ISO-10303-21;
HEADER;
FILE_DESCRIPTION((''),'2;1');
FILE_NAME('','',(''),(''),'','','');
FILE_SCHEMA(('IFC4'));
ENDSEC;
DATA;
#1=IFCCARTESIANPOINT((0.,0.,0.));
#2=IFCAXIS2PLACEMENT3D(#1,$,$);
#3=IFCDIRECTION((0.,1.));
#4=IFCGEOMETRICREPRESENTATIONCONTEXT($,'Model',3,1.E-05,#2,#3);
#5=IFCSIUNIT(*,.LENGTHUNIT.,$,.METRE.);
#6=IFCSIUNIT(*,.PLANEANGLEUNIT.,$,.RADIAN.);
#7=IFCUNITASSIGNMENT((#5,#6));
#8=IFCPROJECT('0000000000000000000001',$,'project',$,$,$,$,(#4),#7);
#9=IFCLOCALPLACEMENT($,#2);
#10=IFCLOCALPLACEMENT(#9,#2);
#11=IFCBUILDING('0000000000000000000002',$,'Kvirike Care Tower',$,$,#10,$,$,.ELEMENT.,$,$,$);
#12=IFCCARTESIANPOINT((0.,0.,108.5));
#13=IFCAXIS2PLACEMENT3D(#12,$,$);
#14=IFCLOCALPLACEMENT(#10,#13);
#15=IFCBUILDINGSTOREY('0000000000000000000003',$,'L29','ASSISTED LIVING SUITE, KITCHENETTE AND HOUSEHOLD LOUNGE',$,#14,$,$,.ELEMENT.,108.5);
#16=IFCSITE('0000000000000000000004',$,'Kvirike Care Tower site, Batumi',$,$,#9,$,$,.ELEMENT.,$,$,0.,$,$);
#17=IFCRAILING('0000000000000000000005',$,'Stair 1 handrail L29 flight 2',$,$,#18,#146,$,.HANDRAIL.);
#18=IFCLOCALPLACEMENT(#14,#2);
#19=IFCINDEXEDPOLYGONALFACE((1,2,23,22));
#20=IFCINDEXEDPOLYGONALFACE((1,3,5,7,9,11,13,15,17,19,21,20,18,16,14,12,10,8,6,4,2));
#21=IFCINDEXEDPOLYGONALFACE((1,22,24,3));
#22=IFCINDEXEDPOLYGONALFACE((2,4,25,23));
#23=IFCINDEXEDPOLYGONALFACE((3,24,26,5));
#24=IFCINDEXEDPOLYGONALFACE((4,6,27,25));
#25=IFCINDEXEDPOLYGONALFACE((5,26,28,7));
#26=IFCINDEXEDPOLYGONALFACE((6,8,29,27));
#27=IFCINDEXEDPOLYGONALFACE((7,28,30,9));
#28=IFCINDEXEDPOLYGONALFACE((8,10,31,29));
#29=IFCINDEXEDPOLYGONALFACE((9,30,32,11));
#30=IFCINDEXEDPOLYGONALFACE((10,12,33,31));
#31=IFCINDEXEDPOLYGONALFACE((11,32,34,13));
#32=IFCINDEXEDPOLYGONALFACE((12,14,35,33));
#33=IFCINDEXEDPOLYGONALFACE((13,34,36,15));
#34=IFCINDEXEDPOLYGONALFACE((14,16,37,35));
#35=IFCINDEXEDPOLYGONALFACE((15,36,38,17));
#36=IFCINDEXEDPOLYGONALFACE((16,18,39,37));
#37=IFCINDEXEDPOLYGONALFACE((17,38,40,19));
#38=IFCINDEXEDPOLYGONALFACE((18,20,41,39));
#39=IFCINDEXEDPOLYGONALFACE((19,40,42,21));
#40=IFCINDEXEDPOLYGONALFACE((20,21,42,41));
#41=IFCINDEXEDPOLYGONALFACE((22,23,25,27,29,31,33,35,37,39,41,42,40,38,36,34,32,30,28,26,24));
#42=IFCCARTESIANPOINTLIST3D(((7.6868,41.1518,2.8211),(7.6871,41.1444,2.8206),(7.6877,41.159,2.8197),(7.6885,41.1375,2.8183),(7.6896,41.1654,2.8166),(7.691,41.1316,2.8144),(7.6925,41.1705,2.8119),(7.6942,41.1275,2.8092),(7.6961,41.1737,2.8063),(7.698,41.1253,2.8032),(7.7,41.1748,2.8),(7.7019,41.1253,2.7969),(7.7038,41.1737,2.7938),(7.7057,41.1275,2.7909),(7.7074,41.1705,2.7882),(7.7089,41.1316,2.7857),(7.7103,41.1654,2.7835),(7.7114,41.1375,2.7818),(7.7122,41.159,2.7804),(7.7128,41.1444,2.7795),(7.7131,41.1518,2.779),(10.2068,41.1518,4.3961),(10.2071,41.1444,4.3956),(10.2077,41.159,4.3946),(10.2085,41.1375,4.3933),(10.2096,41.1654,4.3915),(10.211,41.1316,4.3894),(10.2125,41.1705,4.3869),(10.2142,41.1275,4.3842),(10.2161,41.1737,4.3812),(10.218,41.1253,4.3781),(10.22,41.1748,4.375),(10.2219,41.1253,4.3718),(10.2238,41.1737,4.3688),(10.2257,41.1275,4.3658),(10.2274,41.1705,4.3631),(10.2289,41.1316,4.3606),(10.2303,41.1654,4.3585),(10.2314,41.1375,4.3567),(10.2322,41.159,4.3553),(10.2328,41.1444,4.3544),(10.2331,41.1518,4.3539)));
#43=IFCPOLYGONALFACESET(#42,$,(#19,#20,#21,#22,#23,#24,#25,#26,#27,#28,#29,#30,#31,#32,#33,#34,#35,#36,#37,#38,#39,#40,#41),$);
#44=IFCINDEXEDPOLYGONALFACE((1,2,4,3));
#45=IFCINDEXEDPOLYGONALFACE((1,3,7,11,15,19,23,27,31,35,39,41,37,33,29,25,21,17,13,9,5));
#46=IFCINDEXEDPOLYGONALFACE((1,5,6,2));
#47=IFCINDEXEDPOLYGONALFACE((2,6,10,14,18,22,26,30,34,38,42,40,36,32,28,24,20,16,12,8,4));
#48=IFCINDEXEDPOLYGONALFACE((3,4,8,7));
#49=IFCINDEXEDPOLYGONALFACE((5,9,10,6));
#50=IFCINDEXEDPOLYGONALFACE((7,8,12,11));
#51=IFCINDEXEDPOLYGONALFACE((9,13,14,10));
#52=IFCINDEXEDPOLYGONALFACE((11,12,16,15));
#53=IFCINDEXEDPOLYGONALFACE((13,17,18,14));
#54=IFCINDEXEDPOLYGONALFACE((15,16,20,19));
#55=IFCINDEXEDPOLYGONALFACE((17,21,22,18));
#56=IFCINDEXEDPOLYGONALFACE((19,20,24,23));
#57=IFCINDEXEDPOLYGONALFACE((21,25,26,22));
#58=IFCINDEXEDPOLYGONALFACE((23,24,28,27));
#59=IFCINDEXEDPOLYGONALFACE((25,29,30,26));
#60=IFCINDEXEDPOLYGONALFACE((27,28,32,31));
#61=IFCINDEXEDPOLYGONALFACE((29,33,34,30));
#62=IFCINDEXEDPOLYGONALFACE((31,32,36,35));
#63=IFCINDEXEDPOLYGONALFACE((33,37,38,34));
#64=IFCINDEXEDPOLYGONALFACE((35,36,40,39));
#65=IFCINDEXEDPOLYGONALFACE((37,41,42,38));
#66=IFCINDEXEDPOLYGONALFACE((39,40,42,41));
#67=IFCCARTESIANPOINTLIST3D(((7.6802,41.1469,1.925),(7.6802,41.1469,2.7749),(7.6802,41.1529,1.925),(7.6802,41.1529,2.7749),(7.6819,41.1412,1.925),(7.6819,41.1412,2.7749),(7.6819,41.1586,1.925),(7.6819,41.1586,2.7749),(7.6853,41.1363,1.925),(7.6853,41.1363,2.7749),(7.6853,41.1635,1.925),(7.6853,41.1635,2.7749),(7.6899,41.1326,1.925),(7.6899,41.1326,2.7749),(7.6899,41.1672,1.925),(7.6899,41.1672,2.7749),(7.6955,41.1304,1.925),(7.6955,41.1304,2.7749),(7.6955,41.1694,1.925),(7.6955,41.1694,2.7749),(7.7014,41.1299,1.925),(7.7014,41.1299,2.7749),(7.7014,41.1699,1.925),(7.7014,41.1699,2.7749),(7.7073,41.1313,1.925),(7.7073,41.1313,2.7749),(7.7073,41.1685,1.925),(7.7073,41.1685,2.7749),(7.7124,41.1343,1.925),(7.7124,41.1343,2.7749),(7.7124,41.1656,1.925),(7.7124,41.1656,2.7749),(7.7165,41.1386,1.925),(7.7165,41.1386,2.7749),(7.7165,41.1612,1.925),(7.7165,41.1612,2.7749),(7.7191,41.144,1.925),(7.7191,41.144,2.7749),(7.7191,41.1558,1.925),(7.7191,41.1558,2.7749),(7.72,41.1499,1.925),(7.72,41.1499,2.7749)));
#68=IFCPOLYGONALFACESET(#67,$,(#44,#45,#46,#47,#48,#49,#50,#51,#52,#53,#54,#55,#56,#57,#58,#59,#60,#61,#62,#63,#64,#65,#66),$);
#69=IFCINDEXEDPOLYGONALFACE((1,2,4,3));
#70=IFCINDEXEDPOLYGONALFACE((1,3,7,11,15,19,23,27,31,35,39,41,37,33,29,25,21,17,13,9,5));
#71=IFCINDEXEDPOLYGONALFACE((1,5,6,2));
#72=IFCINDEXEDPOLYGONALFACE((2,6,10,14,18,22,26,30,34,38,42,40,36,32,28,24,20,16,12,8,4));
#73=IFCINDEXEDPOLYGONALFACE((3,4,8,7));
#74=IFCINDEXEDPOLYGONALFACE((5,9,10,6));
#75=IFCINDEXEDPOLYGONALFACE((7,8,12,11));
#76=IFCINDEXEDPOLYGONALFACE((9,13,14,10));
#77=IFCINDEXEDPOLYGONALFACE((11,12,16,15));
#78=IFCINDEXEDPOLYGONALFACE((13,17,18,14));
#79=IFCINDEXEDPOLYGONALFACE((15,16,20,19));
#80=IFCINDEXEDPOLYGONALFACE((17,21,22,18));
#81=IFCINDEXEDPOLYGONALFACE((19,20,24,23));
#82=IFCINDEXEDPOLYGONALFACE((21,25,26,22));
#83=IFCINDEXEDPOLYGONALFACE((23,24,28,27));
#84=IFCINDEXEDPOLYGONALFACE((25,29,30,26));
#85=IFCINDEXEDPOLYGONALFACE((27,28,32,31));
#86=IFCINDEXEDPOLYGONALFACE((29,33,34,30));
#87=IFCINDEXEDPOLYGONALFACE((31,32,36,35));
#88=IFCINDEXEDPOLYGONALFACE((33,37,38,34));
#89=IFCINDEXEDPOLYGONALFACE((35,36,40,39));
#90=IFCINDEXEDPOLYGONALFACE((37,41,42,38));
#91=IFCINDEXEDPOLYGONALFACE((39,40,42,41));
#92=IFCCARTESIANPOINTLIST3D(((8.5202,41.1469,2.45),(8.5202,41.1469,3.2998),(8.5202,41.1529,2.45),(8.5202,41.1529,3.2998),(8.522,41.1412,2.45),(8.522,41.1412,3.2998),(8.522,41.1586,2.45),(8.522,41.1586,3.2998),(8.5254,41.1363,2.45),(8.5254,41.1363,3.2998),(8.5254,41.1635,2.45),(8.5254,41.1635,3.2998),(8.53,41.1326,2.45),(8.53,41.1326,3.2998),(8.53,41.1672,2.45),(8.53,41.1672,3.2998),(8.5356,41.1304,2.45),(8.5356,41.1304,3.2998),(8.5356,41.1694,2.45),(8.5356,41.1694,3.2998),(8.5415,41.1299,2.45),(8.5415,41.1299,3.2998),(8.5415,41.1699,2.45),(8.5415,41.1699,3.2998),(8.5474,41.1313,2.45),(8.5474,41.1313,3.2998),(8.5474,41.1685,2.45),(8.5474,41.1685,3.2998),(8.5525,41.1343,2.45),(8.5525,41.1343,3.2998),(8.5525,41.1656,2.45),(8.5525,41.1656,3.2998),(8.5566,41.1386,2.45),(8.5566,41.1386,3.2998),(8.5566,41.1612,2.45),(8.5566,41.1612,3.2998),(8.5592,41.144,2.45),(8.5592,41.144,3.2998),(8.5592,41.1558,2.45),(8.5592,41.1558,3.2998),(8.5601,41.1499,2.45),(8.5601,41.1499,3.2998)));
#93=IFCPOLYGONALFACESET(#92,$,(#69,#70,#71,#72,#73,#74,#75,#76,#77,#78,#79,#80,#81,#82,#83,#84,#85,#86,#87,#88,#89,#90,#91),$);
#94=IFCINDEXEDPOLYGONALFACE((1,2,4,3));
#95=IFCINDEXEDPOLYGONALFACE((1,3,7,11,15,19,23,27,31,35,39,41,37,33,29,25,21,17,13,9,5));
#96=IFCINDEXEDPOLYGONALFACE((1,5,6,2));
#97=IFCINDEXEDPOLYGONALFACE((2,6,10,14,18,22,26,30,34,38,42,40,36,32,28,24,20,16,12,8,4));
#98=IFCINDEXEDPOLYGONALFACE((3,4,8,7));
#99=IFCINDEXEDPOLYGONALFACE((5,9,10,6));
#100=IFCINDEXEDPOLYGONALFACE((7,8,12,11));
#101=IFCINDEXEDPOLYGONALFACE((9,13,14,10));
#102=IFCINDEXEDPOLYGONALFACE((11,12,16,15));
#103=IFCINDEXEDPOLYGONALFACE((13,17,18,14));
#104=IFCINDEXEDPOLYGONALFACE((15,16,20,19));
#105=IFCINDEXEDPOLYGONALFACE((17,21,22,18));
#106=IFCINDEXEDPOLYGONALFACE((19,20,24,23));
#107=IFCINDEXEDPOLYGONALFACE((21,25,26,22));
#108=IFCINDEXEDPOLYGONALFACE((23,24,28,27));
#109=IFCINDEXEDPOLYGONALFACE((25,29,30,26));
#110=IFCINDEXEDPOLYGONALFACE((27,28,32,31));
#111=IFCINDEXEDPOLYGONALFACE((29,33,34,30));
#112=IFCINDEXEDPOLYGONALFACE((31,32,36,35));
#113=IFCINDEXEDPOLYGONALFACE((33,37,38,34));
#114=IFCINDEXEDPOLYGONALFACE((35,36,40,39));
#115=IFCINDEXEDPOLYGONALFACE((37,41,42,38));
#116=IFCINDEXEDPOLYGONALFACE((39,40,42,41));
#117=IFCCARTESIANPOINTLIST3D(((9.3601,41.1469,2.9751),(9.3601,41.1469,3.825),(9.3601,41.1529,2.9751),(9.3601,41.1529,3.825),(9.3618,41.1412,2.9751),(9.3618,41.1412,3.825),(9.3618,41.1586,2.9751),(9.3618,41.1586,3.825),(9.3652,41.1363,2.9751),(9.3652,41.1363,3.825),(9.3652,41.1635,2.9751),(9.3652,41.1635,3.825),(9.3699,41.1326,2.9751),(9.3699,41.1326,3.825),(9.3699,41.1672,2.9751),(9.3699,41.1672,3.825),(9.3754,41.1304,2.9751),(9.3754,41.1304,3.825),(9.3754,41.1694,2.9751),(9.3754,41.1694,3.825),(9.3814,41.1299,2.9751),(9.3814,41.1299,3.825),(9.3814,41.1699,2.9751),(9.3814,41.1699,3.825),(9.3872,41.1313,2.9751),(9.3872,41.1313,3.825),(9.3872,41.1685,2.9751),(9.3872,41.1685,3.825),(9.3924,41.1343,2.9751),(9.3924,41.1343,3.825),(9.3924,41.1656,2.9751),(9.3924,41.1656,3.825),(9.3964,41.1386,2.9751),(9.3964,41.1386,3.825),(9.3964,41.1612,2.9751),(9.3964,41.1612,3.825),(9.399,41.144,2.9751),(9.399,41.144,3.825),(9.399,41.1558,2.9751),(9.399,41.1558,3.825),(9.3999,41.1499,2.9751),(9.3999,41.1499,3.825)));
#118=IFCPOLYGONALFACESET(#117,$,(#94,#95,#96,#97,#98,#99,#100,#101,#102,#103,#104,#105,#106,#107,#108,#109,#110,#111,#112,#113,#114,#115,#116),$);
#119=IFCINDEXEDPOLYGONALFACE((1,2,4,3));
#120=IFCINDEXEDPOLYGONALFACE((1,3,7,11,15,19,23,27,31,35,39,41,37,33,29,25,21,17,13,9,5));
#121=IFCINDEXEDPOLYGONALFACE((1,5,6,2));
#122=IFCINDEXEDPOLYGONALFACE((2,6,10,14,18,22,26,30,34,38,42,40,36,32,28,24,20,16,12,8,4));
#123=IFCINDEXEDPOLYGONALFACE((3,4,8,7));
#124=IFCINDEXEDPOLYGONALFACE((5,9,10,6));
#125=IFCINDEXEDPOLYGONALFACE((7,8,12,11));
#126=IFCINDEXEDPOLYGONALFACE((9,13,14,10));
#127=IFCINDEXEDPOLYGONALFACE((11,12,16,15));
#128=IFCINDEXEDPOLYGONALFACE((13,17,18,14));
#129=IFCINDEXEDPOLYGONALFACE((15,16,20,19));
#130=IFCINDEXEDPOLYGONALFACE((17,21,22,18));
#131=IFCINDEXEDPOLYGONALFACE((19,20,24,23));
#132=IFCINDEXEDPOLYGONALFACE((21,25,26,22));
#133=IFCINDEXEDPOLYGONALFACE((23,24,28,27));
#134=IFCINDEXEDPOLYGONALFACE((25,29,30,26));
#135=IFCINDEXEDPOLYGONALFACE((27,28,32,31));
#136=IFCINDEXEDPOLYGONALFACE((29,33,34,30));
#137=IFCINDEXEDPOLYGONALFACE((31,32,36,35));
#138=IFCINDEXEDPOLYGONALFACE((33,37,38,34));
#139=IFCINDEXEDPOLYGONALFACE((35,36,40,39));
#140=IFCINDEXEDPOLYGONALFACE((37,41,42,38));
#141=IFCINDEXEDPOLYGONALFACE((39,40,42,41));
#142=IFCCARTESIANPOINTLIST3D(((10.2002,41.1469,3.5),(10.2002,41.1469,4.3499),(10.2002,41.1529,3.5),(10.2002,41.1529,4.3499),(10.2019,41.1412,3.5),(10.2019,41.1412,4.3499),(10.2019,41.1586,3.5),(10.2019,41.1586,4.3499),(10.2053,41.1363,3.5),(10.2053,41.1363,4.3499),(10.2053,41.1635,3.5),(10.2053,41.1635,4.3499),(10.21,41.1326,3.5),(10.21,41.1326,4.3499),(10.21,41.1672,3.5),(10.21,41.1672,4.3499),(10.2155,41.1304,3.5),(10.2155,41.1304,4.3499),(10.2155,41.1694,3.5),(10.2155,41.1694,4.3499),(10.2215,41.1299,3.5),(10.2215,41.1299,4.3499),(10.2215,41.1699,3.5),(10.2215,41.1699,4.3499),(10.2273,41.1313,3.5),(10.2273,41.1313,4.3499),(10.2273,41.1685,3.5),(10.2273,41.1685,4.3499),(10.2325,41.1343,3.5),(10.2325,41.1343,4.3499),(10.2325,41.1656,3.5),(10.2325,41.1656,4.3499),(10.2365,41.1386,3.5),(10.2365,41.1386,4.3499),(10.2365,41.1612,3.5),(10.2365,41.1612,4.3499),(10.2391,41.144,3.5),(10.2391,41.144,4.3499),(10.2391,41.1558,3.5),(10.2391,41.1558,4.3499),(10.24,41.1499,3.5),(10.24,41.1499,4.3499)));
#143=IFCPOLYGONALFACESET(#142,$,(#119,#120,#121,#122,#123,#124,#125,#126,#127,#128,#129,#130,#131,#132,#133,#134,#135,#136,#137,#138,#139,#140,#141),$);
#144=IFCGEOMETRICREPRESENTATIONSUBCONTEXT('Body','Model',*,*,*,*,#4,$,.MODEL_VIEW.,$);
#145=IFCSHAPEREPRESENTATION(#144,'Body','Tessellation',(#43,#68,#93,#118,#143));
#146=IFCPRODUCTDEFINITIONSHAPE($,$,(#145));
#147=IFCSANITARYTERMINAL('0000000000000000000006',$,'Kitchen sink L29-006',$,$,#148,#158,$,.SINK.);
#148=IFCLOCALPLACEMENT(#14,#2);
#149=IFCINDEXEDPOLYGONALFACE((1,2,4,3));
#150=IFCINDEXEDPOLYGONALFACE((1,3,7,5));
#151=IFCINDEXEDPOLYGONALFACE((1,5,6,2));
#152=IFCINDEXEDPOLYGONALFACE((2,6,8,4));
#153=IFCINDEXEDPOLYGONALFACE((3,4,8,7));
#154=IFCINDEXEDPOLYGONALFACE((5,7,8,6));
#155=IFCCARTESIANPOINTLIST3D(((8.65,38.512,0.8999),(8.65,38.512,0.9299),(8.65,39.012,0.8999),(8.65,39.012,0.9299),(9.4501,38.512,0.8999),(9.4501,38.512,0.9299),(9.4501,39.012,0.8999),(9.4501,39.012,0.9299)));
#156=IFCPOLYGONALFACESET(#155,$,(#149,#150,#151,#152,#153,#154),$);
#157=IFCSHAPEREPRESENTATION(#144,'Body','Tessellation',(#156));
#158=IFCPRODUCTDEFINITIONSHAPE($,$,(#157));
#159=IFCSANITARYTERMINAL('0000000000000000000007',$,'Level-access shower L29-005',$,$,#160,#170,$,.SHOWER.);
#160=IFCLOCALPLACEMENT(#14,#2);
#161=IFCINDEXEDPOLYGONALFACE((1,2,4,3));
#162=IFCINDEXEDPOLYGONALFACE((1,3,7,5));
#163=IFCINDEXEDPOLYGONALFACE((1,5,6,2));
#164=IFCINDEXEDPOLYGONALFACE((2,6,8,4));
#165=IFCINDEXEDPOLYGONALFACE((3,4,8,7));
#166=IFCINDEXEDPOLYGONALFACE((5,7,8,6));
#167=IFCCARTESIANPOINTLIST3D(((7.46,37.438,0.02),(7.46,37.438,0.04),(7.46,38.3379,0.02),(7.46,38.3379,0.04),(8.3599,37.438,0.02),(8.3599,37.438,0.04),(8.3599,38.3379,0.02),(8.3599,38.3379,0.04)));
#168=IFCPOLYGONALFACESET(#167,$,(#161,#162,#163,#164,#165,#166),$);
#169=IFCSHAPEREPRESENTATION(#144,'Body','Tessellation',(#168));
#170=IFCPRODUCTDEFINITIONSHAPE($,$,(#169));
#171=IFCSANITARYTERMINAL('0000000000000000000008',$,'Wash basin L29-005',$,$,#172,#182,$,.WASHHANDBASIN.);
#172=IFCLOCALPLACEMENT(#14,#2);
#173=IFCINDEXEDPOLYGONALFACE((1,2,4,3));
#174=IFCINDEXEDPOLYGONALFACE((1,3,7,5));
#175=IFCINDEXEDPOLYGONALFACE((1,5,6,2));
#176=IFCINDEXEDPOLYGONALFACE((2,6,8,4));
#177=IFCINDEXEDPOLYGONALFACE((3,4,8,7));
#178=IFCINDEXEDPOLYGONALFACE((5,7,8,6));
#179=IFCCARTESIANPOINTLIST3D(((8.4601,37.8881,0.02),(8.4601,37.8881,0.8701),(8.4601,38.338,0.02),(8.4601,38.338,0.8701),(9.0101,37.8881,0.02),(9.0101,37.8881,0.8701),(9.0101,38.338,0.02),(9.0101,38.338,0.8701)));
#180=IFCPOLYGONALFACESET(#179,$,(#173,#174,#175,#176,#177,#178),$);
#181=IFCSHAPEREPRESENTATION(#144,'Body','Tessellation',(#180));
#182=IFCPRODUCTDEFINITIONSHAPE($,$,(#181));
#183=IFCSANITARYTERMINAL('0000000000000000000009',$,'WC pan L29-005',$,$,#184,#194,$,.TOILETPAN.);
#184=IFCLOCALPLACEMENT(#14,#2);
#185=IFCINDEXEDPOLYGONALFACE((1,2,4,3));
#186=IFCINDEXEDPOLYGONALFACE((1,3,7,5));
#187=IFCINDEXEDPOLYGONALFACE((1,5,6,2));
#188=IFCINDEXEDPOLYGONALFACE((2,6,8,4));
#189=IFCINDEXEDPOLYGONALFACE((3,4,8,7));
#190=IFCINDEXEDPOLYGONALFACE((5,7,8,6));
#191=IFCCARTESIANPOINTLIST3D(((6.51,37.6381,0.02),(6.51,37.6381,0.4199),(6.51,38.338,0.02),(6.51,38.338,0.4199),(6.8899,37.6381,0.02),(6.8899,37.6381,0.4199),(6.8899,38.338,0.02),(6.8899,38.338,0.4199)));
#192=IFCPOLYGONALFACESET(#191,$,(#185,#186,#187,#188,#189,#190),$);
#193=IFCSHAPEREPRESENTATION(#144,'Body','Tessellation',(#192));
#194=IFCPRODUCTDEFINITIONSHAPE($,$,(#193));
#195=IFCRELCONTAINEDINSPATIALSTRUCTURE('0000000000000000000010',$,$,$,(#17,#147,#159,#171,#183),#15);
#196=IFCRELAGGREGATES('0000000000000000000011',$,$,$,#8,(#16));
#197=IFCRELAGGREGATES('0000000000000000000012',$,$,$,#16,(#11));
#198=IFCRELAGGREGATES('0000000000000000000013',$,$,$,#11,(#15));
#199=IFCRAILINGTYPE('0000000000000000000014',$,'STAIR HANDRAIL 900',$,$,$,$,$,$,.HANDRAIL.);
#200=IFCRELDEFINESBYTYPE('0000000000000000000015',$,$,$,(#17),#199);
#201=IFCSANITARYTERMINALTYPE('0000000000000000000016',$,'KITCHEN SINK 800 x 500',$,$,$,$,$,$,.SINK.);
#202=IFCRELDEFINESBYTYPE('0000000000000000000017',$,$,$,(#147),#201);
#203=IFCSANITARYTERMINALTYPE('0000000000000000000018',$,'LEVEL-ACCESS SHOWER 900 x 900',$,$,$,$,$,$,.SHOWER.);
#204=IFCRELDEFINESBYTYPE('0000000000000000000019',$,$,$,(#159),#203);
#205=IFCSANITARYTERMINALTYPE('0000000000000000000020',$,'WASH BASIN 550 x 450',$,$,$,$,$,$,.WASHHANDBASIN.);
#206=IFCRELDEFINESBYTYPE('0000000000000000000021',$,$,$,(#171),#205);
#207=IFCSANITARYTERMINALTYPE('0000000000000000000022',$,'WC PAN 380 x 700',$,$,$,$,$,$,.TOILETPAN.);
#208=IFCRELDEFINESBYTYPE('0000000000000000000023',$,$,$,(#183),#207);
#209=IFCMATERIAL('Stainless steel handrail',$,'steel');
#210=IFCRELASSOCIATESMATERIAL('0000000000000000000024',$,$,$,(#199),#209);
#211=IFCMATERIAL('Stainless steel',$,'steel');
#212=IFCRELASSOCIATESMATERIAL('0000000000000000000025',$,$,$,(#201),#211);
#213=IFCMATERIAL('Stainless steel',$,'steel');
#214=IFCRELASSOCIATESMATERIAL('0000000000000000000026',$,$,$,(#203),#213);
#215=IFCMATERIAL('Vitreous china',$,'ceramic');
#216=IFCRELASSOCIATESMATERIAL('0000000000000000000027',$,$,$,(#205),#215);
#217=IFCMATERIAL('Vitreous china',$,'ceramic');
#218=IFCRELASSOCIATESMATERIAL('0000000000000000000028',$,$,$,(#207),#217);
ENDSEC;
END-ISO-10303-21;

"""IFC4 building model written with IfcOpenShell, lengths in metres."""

from ifc_helpers import new_model, si_unit, direction, frame, origin, origin_2d, place, context, subcontext, project, spatial, rectangle, circle, extrude, material, type_object, element, save


model = new_model("IFC4")

# Units and contexts
model_context = context("Model", 3, precision=1e-05, world=origin(), true_north=direction((0.0, 1.0)))
body_context = subcontext(model_context, "Body", "Model", "MODEL_VIEW")
ifc_project = project(units=[si_unit("LENGTHUNIT", "METRE"), si_unit("PLANEANGLEUNIT", "RADIAN")], contexts=[model_context])

# Site, building, storey
site_placement = place(None, origin())
site = spatial("IfcSite", under=ifc_project, at=site_placement, Name="Kvirike Care Tower site, Batumi", CompositionType="ELEMENT", RefElevation=0.0)
building_placement = place(site_placement, origin())
building = spatial("IfcBuilding", under=site, at=building_placement, Name="Kvirike Care Tower", CompositionType="ELEMENT")
storey_placement = place(building_placement, frame((0.0, 0.0, 108.5)))
storey = spatial("IfcBuildingStorey", under=building, at=storey_placement, Name="L29", Description="ASSISTED LIVING SUITE, KITCHENETTE AND HOUSEHOLD LOUNGE", CompositionType="ELEMENT", Elevation=108.5)

# Railing
ifc_material_1 = material(Name="Stainless steel handrail", Category="steel")
railing_type = type_object("IfcRailingType", Name="STAIR HANDRAIL 900", PredefinedType="HANDRAIL", material=ifc_material_1)
railing_1_placement = place(storey_placement, frame((7.7, 41.1499, 1.925)))
element("IfcRailing", 1, at=railing_1_placement, inside=storey, type_object=railing_type, Name="Stair 1 handrail L29 flight 2", PredefinedType="HANDRAIL", context=body_context, shape_type="SweptSolid", body=[
    extrude(circle(Radius=0.0249, at=origin_2d()), frame((0.0, 0.0, 0.875), z_axis=(0.848008, 0.0, 0.529984), x_axis=(0.0, 1.0, 0.0)), (0.0, 0.0, 1.0), 2.9717),
    extrude(circle(Radius=0.02, at=origin_2d()), origin(), (0.0, 0.0, 1.0), 0.8499),
    extrude(circle(Radius=0.02, at=origin_2d()), frame((0.8401, 0.0, 0.5249)), (0.0, 0.0, 1.0), 0.8499),
    extrude(circle(Radius=0.02, at=origin_2d()), frame((1.6799, 0.0, 1.05)), (0.0, 0.0, 1.0), 0.8499),
    extrude(circle(Radius=0.02, at=origin_2d()), frame((2.52, 0.0, 1.575)), (0.0, 0.0, 1.0), 0.8499),
])

# Sanitary terminals
ifc_material_2 = material(Name="Stainless steel", Category="steel")
sanitary_terminal_type_1 = type_object("IfcSanitaryTerminalType", Name="KITCHEN SINK 800 x 500", PredefinedType="SINK", material=ifc_material_2)
sanitary_terminal_1_placement = place(storey_placement, frame((9.05, 38.762, 0.8999), z_axis=(0.0, 0.0, 1.0), x_axis=(-1.0, 0.0, 0.0)))
element("IfcSanitaryTerminal", 2, at=sanitary_terminal_1_placement, inside=storey, type_object=sanitary_terminal_type_1, Name="Kitchen sink L29-006", PredefinedType="SINK", context=body_context, shape_type="SweptSolid", body=[
    extrude(rectangle(XDim=0.8, YDim=0.5, at=origin_2d()), origin(), (0.0, 0.0, 1.0), 0.03),
])
ifc_material_3 = material(Name="Stainless steel", Category="steel")
sanitary_terminal_type_2 = type_object("IfcSanitaryTerminalType", Name="LEVEL-ACCESS SHOWER 900 x 900", PredefinedType="SHOWER", material=ifc_material_3)
sanitary_terminal_2_placement = place(storey_placement, frame((7.9099, 37.8879, 0.02), z_axis=(0.0, 0.0, 1.0), x_axis=(1.0, 0.0, 0.0)))
element("IfcSanitaryTerminal", 3, at=sanitary_terminal_2_placement, inside=storey, type_object=sanitary_terminal_type_2, Name="Level-access shower L29-005", PredefinedType="SHOWER", context=body_context, shape_type="SweptSolid", body=[
    extrude(rectangle(XDim=0.8999, YDim=0.8999, at=origin_2d()), origin(), (0.0, 0.0, 1.0), 0.02),
])
ifc_material_4 = material(Name="Vitreous china", Category="ceramic")
sanitary_terminal_type_3 = type_object("IfcSanitaryTerminalType", Name="WASH BASIN 550 x 450", PredefinedType="WASHHANDBASIN", material=ifc_material_4)
sanitary_terminal_3_placement = place(storey_placement, frame((8.7351, 38.113, 0.02), z_axis=(0.0, 0.0, 1.0), x_axis=(1.0, 0.0, 0.0)))
element("IfcSanitaryTerminal", 4, at=sanitary_terminal_3_placement, inside=storey, type_object=sanitary_terminal_type_3, Name="Wash basin L29-005", PredefinedType="WASHHANDBASIN", context=body_context, shape_type="SweptSolid", body=[
    extrude(rectangle(XDim=0.55, YDim=0.45, at=origin_2d()), origin(), (0.0, 0.0, 1.0), 0.8501),
])
ifc_material_5 = material(Name="Vitreous china", Category="ceramic")
sanitary_terminal_type_4 = type_object("IfcSanitaryTerminalType", Name="WC PAN 380 x 700", PredefinedType="TOILETPAN", material=ifc_material_5)
sanitary_terminal_4_placement = place(storey_placement, frame((6.7, 37.988, 0.02), z_axis=(0.0, 0.0, 1.0), x_axis=(1.0, 0.0, 0.0)))
element("IfcSanitaryTerminal", 5, at=sanitary_terminal_4_placement, inside=storey, type_object=sanitary_terminal_type_4, Name="WC pan L29-005", PredefinedType="TOILETPAN", context=body_context, shape_type="SweptSolid", body=[
    extrude(rectangle(XDim=0.3799, YDim=0.7, at=origin_2d()), origin(), (0.0, 0.0, 1.0), 0.3999),
])

save(model, "model.ifc")
